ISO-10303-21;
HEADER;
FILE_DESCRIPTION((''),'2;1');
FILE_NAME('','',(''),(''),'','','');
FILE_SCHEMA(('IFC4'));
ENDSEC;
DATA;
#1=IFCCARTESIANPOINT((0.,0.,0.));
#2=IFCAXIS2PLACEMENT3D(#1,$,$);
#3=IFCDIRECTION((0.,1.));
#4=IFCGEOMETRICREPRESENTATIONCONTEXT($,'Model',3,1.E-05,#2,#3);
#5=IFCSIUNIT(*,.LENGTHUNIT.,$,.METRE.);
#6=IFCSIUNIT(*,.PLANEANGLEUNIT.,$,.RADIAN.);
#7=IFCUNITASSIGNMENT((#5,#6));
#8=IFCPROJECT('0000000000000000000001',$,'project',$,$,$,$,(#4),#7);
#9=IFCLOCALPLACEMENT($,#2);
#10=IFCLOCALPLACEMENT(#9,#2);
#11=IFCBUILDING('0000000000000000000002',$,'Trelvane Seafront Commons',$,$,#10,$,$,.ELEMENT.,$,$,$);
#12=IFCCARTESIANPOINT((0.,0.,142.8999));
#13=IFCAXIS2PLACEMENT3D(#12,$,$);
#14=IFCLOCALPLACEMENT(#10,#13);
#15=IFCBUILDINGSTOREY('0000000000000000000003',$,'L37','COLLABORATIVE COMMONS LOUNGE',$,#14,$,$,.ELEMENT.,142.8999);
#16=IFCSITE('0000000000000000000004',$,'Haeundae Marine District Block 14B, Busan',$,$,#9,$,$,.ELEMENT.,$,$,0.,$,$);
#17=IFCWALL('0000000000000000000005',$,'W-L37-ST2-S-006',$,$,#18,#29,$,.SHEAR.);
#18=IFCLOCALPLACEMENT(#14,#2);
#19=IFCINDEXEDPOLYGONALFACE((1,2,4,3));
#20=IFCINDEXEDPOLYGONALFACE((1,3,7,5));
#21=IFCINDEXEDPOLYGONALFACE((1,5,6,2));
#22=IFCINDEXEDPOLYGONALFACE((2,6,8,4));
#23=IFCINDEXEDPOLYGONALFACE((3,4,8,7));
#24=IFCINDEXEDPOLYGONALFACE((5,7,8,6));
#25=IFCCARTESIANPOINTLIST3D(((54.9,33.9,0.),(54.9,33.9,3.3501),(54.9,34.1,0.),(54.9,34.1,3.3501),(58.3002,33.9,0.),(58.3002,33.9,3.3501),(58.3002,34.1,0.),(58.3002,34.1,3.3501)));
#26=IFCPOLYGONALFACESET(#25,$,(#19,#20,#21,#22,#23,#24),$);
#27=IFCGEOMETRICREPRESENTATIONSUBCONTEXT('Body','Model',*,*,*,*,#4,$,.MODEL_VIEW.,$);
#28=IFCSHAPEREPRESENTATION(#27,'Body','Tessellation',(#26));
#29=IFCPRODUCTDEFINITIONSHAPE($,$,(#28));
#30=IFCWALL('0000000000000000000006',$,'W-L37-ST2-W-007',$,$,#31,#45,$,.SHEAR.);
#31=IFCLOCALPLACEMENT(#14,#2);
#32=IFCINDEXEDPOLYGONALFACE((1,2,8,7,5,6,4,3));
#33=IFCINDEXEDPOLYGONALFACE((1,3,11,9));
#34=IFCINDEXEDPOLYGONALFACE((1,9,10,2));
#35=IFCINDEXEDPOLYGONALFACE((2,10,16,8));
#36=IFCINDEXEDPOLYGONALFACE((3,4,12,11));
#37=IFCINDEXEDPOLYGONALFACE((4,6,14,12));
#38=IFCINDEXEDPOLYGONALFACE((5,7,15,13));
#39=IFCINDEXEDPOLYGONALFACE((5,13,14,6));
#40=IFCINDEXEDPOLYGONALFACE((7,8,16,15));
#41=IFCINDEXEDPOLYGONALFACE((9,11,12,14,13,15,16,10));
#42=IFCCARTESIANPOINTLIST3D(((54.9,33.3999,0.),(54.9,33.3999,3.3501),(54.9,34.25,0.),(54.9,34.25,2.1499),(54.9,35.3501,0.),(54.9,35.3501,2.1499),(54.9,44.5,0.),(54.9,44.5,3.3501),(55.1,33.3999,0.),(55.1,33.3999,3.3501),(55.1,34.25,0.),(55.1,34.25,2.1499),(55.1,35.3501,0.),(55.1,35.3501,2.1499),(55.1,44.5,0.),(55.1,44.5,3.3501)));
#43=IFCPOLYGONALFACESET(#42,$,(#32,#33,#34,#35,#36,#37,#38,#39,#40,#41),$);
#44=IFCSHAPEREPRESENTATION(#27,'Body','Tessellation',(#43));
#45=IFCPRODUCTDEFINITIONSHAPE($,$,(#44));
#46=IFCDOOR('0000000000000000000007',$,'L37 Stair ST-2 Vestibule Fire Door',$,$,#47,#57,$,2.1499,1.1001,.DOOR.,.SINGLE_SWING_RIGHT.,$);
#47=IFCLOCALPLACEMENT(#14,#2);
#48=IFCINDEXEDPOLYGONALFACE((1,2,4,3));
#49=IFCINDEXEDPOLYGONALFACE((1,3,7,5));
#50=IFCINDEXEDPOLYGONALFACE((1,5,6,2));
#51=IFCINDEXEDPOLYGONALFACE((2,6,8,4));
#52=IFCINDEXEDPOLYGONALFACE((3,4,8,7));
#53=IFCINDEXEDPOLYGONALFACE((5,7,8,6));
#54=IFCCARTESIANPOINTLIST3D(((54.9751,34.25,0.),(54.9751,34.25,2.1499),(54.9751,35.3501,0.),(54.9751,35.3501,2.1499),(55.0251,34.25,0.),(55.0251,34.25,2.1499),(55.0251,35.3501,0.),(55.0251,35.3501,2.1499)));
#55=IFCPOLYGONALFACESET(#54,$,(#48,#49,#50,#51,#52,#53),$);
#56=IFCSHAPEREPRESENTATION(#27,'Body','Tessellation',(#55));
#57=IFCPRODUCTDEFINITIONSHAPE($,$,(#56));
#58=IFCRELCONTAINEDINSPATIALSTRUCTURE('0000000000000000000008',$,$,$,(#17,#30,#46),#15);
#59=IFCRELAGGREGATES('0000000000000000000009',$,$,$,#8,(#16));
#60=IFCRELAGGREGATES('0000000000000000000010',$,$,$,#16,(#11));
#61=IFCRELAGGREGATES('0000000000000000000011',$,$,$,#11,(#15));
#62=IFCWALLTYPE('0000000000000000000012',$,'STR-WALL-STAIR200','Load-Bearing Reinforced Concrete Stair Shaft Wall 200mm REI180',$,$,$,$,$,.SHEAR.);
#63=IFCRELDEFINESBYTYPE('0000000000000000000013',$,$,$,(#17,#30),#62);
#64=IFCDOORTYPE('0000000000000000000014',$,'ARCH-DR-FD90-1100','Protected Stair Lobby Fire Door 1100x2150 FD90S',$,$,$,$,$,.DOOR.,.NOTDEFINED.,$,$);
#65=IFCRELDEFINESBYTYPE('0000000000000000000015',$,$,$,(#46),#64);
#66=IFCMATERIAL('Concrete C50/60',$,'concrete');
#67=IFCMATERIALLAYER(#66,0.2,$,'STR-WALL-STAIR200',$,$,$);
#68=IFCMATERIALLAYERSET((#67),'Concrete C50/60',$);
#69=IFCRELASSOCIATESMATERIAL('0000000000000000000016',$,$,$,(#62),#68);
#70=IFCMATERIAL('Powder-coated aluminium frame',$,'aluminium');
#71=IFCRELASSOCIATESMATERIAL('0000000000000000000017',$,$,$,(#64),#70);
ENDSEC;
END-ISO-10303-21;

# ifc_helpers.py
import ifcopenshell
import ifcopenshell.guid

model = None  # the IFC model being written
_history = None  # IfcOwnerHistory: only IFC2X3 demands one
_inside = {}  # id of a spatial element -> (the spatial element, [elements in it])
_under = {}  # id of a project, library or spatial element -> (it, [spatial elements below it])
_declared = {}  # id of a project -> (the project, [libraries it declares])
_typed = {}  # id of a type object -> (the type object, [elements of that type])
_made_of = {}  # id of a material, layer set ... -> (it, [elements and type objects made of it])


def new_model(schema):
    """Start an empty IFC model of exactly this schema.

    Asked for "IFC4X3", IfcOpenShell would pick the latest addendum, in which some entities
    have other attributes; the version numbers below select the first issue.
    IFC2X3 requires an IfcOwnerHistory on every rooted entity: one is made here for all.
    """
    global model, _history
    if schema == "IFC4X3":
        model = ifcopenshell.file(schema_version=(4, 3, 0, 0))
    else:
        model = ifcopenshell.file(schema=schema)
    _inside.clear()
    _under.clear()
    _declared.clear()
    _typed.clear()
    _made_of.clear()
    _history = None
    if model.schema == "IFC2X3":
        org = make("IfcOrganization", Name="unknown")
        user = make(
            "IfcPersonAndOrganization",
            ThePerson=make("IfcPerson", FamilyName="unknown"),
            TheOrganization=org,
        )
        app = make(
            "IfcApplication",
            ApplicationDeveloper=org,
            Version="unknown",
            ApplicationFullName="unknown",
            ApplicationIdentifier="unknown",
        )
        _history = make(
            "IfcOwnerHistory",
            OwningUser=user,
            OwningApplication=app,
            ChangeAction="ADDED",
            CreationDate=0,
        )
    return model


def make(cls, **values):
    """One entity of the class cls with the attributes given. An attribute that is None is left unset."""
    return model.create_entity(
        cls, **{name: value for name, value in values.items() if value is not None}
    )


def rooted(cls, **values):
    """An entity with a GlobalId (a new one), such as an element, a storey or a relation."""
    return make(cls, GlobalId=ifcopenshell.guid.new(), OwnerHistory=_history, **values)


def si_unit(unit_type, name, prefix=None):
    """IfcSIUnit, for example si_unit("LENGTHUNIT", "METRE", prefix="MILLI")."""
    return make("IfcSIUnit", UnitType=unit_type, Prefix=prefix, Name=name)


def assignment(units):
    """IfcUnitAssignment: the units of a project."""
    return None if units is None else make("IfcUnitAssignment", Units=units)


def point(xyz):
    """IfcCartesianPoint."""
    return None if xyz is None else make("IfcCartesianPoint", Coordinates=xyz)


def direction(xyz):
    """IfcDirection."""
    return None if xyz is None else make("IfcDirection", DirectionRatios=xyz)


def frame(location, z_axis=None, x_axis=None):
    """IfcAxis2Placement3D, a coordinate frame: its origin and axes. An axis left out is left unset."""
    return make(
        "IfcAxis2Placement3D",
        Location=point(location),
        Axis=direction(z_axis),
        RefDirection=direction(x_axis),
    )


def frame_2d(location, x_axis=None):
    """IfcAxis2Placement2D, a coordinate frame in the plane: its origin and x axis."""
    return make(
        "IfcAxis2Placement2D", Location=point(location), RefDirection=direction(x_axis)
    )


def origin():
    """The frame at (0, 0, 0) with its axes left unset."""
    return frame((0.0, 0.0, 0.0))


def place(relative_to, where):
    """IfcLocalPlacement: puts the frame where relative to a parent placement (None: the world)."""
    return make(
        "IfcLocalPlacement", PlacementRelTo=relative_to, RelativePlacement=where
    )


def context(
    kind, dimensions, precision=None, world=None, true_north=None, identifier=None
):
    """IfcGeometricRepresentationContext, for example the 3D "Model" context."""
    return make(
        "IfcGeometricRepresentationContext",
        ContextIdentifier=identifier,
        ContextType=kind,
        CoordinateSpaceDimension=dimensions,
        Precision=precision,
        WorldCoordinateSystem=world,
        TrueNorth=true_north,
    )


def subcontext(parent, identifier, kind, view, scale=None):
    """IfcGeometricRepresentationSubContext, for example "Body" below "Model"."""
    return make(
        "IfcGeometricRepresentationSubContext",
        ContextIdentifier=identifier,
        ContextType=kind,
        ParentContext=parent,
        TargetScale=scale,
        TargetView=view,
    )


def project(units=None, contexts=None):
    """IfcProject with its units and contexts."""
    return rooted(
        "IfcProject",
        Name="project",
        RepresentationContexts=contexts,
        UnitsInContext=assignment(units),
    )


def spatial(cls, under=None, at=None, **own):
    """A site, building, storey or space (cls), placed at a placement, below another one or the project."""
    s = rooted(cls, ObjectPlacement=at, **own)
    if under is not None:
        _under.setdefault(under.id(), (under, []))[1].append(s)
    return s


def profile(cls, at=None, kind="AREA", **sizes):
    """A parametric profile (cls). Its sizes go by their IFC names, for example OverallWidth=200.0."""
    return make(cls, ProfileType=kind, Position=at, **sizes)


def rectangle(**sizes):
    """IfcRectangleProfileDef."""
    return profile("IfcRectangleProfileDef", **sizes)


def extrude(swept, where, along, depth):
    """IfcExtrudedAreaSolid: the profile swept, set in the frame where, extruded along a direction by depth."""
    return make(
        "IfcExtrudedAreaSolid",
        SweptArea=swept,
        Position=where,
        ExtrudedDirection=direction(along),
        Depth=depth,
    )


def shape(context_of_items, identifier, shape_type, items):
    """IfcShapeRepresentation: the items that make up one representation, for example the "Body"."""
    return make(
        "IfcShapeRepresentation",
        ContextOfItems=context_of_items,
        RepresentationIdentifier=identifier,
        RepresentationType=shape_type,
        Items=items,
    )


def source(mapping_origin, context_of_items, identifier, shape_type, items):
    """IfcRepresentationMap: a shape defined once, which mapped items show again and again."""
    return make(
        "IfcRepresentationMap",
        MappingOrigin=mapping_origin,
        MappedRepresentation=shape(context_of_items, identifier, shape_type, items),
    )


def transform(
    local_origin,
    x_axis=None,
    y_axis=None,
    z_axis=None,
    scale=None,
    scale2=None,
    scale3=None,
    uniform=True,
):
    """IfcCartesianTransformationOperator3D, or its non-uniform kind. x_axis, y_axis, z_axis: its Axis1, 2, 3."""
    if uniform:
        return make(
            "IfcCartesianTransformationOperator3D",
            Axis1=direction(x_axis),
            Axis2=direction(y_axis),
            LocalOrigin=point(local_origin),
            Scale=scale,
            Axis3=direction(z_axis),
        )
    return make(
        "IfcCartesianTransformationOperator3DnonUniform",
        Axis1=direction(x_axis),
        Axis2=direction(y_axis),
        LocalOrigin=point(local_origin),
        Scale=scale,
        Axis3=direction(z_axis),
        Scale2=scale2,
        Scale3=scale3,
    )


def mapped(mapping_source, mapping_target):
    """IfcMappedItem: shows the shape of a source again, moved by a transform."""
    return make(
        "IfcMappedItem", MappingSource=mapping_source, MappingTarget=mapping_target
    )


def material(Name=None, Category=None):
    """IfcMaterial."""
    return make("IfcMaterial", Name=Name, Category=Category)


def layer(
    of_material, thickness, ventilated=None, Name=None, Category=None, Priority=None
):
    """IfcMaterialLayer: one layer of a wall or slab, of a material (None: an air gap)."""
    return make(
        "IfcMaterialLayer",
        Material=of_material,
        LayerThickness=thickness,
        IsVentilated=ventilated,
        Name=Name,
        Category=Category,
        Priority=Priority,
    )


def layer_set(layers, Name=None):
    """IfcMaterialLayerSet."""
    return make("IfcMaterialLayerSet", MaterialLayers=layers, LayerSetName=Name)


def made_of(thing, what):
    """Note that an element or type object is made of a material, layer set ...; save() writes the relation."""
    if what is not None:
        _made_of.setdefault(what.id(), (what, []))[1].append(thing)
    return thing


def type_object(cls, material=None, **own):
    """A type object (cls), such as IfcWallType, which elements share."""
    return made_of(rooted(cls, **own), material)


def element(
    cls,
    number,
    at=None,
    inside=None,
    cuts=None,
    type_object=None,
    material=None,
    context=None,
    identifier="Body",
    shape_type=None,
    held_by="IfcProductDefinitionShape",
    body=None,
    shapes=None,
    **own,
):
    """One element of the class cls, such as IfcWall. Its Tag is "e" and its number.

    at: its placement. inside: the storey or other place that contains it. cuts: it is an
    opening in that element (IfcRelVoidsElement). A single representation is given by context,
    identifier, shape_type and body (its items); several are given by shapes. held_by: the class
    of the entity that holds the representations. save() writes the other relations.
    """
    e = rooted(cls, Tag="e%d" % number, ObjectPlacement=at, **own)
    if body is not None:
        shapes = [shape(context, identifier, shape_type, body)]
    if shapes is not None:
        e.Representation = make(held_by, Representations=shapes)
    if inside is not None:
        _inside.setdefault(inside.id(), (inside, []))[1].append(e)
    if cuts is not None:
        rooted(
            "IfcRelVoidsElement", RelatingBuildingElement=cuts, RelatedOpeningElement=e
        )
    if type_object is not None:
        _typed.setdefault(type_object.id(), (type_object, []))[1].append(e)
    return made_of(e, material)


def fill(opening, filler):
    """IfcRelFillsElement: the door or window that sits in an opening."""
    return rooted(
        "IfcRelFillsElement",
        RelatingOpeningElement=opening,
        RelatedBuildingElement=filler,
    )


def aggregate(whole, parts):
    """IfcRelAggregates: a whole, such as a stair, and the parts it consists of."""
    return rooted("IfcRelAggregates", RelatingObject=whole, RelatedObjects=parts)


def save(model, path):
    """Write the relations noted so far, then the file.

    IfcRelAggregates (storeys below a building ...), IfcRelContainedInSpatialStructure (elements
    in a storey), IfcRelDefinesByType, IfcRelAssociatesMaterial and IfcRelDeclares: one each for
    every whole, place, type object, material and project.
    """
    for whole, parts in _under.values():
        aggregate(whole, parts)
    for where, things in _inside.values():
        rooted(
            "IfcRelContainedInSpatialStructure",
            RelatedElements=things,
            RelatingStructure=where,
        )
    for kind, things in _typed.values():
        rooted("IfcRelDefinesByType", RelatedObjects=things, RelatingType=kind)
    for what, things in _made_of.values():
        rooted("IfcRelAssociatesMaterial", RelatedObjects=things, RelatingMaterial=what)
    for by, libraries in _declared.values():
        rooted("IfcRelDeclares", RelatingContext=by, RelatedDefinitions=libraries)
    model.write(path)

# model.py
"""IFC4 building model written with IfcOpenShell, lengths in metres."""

from ifc_helpers import new_model, si_unit, direction, frame, frame_2d, origin, place, context, subcontext, project, spatial, rectangle, extrude, source, transform, mapped, material, layer, layer_set, type_object, element, fill, save


model = new_model("IFC4")

# Units and contexts
model_context = context("Model", 3, precision=1e-05, world=origin(), true_north=direction((0.0, 1.0)))
body_context = subcontext(model_context, "Body", "Model", "MODEL_VIEW")
ifc_project = project(units=[si_unit("LENGTHUNIT", "METRE"), si_unit("PLANEANGLEUNIT", "RADIAN")], contexts=[model_context])

# Site, building, storey
site_placement = place(None, origin())
site = spatial("IfcSite", under=ifc_project, at=site_placement, Name="Haeundae Marine District Block 14B, Busan", CompositionType="ELEMENT", RefElevation=0.0)
building_placement = place(site_placement, origin())
building = spatial("IfcBuilding", under=site, at=building_placement, Name="Trelvane Seafront Commons", CompositionType="ELEMENT")
storey_placement = place(building_placement, frame((0.0, 0.0, 142.8999)))
storey = spatial("IfcBuildingStorey", under=building, at=storey_placement, Name="L37", Description="COLLABORATIVE COMMONS LOUNGE", CompositionType="ELEMENT", Elevation=142.8999)

# Shared definitions
ifc_material_1 = material(Name="Concrete C50/60", Category="concrete")

# Shared definitions
ifc_material_2 = material(Name="Powder-coated aluminium frame", Category="aluminium")

# Wall
ifc_layer_1 = layer(ifc_material_1, 0.2, Name="STR-WALL-STAIR200")
ifc_layer_set_1 = layer_set([ifc_layer_1], Name="Concrete C50/60")
wall_type_1 = type_object("IfcWallType", Name="STR-WALL-STAIR200", Description="Load-Bearing Reinforced Concrete Stair Shaft Wall 200mm REI180", PredefinedType="SHEAR", material=ifc_layer_set_1)
wall_1_placement = place(storey_placement, frame((54.8999, 34.0, 0.0), z_axis=(0.0, 0.0, 1.0), x_axis=(1.0, 0.0, 0.0)))
element("IfcWall", 1, at=wall_1_placement, inside=storey, type_object=wall_type_1, Name="W-L37-ST2-S-006", PredefinedType="SHEAR", context=body_context, shape_type="SweptSolid", body=[
    extrude(rectangle(XDim=3.4001, YDim=0.2, at=frame_2d((1.7002, 0.0))), origin(), (0.0, 0.0, 1.0), 3.3501),
])

# Wall, opening, door
wall_2_placement = place(storey_placement, frame((55.0, 33.3999, 0.0), z_axis=(0.0, 0.0, 1.0), x_axis=(0.0, 1.0, 0.0)))
wall_2 = element("IfcWall", 2, at=wall_2_placement, inside=storey, type_object=wall_type_1, Name="W-L37-ST2-W-007", PredefinedType="SHEAR", context=body_context, shape_type="SweptSolid", body=[
    extrude(rectangle(XDim=11.1001, YDim=0.2, at=frame_2d((5.55, 0.0))), origin(), (0.0, 0.0, 1.0), 3.3501),
])
opening_1_placement = place(wall_2_placement, frame((0.8501, 0.0, 0.0)))
opening_1 = element("IfcOpeningElement", 3, at=opening_1_placement, cuts=wall_2, PredefinedType="OPENING", context=body_context, shape_type="SweptSolid", body=[
    extrude(rectangle(XDim=1.1001, YDim=2.1499, at=frame_2d((0.55, 1.075))), frame((0.0, 0.1099, 0.0), z_axis=(0.0, -1.0, 0.0), x_axis=(1.0, 0.0, 0.0)), (0.0, 0.0, 1.0), 0.22),
])
door_type_1 = type_object("IfcDoorType", Name="ARCH-DR-FD90-1100", Description="Protected Stair Lobby Fire Door 1100x2150 FD90S", OperationType="NOTDEFINED", PredefinedType="DOOR", material=ifc_material_2)
shared_shape_1 = source(origin(), body_context, "Body", "SweptSolid", [
    extrude(rectangle(XDim=1.1001, YDim=2.1499, at=frame_2d((0.55, 1.075))), frame((0.0, 0.0249, 0.0), z_axis=(0.0, -1.0, 0.0), x_axis=(1.0, 0.0, 0.0)), (0.0, 0.0, 1.0), 0.05),
])
door_1_placement = place(opening_1_placement, origin())
door_1 = element("IfcDoor", 4, at=door_1_placement, inside=storey, type_object=door_type_1, Name="L37 Stair ST-2 Vestibule Fire Door", OperationType="SINGLE_SWING_RIGHT", OverallHeight=2.1499, OverallWidth=1.1001, PredefinedType="DOOR", context=body_context, shape_type="MappedRepresentation", body=[
    mapped(shared_shape_1, transform((0.0, 0.0, 0.0), x_axis=(1.0, 0.0, 0.0), y_axis=(0.0, 1.0, 0.0), z_axis=(0.0, 0.0, 1.0), scale=1.0)),
])
fill(opening_1, door_1)

save(model, "model.ifc")
